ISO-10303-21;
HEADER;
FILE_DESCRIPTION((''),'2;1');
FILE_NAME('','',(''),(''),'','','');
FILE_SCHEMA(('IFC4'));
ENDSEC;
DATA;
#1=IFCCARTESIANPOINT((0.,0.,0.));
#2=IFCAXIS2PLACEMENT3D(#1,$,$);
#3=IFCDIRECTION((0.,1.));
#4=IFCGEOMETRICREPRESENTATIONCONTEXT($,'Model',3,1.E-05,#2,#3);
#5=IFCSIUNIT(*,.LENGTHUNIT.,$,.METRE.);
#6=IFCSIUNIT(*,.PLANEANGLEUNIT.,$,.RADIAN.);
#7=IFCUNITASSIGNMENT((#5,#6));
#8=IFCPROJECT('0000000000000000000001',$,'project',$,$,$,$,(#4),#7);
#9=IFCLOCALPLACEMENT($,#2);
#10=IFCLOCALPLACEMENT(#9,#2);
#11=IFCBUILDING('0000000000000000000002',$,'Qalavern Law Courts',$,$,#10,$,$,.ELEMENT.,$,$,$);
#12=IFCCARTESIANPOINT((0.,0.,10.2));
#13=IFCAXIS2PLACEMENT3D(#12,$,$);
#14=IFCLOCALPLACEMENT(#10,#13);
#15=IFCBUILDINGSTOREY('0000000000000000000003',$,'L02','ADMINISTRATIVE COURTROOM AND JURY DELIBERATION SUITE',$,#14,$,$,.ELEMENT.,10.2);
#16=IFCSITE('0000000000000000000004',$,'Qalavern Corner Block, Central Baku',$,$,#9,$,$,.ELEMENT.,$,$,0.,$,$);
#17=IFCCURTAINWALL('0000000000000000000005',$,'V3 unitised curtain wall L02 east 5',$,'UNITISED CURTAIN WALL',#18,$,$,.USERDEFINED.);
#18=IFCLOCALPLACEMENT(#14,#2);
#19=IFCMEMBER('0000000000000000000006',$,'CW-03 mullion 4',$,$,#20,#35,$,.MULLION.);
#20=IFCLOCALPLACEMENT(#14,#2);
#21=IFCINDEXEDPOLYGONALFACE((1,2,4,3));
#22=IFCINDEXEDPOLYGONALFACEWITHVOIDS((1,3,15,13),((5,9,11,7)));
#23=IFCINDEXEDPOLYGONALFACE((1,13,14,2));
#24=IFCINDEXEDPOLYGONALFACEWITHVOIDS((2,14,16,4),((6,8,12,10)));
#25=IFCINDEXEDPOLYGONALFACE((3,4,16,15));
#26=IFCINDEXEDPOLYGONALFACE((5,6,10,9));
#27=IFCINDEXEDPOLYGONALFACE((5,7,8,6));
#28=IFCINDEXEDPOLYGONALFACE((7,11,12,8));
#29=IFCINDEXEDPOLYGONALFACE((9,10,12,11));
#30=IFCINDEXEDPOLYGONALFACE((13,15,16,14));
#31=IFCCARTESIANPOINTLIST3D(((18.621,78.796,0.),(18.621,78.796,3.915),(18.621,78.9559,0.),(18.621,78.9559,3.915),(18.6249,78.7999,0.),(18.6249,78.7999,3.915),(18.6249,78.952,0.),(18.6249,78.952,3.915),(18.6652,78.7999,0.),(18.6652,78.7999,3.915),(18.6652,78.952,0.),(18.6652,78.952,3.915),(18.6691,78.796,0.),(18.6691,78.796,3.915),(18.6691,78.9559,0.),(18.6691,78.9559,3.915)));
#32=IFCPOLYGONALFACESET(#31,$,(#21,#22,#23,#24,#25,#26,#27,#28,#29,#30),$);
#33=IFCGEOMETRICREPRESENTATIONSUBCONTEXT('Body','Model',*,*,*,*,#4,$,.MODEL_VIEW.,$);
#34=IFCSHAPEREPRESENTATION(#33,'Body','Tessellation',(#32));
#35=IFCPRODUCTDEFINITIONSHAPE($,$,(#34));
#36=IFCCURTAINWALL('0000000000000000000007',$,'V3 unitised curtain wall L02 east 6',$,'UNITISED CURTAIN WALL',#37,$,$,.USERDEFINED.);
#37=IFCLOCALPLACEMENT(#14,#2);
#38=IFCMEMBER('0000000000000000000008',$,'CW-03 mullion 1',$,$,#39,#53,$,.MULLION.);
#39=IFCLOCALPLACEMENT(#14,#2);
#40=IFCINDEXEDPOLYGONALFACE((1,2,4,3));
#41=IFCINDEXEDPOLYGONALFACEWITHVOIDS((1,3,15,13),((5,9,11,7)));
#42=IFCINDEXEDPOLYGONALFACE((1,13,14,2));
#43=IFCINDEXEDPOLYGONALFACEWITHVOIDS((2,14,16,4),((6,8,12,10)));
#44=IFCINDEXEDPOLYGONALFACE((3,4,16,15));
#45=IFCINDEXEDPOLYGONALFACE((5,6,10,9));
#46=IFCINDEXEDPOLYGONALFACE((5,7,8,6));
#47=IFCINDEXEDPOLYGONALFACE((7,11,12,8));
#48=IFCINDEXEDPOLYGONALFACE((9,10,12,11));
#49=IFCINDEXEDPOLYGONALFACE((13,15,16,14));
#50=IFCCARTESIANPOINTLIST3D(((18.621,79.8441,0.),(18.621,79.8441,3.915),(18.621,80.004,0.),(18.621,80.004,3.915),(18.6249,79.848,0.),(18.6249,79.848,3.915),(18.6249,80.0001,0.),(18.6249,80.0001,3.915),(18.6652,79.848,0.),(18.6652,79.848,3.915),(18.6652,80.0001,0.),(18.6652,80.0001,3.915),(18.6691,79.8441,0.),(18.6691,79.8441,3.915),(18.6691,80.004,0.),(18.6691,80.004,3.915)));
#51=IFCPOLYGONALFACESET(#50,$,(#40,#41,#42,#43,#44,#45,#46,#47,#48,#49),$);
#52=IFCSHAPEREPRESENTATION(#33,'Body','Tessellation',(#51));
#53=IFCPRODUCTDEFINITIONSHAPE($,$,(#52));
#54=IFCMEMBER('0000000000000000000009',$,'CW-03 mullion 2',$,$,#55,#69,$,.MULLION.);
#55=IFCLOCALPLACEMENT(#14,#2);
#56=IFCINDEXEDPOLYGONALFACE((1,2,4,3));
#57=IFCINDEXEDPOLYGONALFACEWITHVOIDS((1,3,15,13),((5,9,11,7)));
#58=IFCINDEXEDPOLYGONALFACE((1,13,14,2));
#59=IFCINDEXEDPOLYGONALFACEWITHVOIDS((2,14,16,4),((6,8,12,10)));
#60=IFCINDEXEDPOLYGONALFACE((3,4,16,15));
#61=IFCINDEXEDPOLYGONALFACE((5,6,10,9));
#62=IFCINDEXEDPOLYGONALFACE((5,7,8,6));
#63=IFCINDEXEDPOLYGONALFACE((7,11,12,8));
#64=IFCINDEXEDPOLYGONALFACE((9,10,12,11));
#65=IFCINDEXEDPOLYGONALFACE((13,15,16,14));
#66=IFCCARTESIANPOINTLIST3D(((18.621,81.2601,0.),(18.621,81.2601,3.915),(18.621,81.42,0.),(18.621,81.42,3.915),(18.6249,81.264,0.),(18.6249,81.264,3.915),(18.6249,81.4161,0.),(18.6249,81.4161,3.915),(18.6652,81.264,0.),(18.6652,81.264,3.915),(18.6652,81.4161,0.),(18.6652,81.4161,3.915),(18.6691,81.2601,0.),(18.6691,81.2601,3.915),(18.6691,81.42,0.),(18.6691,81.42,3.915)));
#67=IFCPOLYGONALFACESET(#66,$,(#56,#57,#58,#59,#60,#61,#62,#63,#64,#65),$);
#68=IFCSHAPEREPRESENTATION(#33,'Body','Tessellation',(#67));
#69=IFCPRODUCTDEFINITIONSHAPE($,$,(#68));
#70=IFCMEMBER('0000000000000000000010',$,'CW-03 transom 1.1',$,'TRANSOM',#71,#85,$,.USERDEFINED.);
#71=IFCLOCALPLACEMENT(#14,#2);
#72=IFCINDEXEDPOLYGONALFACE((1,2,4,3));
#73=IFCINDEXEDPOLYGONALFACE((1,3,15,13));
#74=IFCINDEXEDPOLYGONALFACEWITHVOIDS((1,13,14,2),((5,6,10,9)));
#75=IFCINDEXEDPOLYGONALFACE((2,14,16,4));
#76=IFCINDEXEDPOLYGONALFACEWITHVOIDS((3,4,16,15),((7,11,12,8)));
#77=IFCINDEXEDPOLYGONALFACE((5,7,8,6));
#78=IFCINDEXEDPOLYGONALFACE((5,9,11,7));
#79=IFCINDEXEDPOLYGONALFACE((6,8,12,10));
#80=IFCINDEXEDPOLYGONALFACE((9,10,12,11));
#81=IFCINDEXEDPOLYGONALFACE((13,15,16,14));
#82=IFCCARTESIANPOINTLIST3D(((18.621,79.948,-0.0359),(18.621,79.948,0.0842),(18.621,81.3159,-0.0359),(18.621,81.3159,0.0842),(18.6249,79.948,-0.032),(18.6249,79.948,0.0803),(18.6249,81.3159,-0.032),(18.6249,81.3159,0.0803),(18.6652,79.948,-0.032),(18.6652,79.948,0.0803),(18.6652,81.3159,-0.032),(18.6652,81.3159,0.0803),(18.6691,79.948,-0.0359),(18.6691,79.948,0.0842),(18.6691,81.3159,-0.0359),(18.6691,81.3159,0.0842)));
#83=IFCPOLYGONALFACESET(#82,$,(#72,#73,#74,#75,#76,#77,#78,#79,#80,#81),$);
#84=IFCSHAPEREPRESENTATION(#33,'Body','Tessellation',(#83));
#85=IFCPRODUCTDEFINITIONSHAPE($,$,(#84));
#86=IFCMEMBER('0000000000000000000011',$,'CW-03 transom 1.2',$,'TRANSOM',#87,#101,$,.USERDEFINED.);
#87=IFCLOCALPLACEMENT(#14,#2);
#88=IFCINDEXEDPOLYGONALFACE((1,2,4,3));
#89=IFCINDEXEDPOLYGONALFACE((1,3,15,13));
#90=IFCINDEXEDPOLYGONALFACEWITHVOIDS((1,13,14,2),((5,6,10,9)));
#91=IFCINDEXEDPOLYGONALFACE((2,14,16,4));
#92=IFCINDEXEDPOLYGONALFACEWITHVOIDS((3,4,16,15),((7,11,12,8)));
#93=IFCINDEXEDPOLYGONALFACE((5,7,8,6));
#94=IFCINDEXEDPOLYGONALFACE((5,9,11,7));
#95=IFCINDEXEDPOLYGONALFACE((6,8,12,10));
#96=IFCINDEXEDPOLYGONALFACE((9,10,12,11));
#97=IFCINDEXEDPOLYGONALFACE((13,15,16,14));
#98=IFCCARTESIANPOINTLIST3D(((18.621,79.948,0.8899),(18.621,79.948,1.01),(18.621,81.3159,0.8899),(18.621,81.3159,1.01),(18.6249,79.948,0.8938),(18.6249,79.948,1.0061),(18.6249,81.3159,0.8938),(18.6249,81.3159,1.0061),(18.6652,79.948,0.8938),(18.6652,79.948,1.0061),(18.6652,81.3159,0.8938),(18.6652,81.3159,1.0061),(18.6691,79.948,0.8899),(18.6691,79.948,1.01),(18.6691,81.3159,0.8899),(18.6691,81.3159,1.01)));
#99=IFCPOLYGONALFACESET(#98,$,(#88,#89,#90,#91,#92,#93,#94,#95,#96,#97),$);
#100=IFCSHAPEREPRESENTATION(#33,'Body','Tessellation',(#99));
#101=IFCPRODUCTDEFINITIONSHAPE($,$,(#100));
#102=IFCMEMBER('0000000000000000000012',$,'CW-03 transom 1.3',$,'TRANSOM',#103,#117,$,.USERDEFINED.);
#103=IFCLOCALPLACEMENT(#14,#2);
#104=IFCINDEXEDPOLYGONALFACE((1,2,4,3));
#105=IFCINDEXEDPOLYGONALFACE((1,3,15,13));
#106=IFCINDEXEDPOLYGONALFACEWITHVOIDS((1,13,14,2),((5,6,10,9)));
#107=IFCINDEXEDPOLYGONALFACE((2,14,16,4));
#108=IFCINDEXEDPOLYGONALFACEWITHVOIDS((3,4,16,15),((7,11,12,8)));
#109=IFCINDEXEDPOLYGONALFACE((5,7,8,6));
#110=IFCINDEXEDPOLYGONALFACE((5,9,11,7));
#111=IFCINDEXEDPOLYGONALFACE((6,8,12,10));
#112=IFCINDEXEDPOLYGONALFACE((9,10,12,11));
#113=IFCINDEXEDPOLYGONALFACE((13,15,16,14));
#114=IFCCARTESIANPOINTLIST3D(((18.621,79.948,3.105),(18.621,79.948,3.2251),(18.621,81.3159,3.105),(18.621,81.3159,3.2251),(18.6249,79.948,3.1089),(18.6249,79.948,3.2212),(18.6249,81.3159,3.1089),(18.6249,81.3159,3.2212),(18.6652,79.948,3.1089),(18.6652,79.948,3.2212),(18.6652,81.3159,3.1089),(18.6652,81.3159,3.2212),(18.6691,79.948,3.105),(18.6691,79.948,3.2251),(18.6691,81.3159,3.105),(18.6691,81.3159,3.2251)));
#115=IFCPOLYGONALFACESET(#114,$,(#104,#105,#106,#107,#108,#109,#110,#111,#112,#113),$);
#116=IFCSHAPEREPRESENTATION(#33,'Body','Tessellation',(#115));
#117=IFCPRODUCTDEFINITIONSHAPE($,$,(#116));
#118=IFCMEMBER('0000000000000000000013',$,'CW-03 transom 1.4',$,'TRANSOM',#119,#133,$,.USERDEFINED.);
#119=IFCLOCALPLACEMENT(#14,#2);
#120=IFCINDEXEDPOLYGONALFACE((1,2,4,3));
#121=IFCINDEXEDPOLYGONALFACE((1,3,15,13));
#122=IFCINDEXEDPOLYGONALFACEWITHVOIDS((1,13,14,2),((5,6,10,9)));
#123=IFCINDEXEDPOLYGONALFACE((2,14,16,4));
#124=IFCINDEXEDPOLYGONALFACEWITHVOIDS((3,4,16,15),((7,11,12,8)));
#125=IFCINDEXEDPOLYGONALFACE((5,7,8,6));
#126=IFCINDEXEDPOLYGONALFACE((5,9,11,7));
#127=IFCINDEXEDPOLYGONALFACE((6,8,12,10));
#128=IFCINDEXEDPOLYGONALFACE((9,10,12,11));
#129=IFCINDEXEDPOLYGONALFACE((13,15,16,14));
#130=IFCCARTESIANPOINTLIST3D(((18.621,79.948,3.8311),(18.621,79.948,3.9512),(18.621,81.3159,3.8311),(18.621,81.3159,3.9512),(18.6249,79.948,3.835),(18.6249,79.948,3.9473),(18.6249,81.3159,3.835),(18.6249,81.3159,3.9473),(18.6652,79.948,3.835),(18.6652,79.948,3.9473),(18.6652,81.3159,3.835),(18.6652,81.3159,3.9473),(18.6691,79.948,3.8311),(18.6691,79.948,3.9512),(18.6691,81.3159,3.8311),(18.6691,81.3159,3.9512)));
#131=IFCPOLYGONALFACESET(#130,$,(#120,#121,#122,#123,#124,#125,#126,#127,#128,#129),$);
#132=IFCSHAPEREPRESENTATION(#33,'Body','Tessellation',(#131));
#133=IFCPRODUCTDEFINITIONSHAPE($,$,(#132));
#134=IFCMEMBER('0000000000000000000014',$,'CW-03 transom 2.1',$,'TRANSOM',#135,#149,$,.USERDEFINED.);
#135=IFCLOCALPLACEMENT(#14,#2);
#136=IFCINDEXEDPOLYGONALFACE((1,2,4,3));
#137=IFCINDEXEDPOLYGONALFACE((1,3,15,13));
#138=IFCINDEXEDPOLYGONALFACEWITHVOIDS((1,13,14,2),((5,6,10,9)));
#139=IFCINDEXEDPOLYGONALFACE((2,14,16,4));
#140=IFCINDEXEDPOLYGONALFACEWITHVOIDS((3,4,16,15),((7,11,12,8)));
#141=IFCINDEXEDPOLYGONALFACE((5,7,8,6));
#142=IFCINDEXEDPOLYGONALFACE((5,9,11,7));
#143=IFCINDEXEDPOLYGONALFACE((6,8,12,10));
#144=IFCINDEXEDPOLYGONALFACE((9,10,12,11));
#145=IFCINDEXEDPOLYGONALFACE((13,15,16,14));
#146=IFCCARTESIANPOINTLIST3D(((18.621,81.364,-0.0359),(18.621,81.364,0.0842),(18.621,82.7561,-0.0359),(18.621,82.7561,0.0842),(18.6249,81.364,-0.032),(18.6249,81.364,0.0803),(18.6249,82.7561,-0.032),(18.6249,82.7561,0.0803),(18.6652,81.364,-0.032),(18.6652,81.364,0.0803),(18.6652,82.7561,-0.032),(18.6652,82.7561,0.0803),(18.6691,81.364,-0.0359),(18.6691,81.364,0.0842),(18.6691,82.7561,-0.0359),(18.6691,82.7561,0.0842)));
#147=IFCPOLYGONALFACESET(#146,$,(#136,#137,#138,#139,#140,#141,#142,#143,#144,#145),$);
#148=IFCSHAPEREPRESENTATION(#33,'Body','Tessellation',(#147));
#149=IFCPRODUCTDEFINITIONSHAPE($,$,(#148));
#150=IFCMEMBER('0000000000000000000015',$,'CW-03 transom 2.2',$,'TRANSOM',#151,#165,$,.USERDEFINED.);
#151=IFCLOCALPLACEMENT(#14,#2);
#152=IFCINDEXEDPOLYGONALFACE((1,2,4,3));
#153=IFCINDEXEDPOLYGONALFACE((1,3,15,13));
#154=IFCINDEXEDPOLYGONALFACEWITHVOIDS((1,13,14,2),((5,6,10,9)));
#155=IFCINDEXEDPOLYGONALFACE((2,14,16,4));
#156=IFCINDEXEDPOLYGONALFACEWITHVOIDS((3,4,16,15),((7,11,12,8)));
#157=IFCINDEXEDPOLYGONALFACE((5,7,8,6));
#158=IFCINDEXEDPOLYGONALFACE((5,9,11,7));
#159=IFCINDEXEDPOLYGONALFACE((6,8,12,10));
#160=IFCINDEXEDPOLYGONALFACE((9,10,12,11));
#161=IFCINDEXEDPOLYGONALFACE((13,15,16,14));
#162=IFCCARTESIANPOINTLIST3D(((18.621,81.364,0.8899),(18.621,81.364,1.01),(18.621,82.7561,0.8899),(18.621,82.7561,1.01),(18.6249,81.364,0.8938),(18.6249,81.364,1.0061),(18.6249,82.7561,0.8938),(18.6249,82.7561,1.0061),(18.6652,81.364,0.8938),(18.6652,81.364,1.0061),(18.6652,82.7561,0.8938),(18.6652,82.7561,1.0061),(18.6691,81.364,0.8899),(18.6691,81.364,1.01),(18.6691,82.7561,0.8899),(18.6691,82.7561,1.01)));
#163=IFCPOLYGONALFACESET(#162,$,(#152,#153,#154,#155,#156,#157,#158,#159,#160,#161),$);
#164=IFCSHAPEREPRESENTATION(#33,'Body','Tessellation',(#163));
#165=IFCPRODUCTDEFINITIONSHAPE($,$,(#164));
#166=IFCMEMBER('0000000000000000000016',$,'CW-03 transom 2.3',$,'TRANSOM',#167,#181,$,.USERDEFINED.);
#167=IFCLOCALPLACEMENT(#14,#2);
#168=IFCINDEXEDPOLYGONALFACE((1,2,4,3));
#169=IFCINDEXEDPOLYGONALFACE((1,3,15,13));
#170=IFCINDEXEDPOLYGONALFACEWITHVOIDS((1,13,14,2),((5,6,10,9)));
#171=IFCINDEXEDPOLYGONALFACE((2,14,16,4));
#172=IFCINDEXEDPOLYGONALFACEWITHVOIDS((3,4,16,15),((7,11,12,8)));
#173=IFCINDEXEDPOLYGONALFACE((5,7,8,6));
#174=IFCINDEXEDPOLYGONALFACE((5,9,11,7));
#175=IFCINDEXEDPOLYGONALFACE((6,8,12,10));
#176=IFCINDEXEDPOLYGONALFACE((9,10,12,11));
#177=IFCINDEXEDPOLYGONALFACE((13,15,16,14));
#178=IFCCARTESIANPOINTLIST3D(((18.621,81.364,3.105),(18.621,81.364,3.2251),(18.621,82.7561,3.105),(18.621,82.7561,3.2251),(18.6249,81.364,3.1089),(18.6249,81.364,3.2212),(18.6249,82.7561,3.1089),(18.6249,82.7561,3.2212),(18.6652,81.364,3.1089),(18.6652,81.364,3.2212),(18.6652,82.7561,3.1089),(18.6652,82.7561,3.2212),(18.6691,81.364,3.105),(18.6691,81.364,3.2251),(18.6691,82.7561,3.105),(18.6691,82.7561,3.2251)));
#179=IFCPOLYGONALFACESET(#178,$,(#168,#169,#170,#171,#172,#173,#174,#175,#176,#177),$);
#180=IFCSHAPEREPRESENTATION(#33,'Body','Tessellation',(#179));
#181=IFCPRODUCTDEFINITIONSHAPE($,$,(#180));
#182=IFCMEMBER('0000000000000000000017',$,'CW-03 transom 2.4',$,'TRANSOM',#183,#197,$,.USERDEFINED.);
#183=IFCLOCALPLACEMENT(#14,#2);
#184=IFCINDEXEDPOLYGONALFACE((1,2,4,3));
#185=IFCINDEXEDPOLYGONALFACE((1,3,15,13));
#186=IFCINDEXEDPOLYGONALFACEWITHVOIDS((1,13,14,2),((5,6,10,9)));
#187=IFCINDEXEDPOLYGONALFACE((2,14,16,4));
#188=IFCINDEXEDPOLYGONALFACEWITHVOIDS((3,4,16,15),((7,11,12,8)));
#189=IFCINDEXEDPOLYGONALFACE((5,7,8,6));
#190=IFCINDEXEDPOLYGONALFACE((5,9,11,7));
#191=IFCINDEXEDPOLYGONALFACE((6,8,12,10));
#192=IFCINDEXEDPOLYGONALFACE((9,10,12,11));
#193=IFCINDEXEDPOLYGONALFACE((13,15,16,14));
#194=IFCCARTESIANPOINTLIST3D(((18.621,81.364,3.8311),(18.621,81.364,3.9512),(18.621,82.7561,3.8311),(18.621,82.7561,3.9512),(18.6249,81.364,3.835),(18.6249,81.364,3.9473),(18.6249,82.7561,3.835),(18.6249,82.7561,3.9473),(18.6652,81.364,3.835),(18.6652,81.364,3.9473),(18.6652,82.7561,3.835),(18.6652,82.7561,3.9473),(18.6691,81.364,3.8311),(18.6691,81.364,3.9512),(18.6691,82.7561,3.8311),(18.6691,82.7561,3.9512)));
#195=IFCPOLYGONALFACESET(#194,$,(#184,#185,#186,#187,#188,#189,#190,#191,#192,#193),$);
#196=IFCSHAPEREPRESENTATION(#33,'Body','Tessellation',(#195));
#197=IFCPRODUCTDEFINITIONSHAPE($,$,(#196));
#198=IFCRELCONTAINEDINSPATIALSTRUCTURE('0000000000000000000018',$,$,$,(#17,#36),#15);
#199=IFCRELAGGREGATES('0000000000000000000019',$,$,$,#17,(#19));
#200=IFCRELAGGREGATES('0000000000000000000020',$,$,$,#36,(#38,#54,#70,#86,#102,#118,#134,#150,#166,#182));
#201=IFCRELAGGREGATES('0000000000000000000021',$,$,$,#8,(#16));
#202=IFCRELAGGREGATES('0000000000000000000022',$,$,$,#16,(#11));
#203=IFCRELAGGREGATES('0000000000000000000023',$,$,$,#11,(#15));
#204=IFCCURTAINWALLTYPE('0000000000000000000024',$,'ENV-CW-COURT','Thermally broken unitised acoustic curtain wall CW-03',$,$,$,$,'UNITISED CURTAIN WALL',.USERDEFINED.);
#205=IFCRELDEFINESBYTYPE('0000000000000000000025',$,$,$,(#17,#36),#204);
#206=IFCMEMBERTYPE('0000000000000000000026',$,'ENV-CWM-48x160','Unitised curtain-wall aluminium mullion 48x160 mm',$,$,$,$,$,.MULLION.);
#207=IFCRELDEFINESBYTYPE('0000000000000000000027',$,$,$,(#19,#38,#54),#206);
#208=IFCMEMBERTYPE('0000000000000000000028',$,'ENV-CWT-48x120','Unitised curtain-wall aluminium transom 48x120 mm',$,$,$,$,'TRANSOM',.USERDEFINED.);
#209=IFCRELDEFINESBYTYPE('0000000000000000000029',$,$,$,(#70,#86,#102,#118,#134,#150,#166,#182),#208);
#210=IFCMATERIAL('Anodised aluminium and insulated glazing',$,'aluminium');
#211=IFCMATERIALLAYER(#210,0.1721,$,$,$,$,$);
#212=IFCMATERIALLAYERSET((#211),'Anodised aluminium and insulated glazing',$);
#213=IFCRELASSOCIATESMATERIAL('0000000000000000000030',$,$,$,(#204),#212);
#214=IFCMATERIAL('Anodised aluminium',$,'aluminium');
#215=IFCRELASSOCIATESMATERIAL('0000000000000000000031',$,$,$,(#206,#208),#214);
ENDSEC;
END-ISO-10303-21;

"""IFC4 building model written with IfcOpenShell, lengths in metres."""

from ifc_helpers import new_model, si_unit, direction, frame, origin, origin_2d, place, context, subcontext, project, spatial, hollow_rectangle, extrude, material, layer, layer_set, material_profile, profile_set, type_object, element, aggregate, save


model = new_model("IFC4")

# Units and contexts
model_context = context("Model", 3, precision=1e-05, world=origin(), true_north=direction((0.0, 1.0)))
body_context = subcontext(model_context, "Body", "Model", "MODEL_VIEW")
ifc_project = project(units=[si_unit("LENGTHUNIT", "METRE"), si_unit("PLANEANGLEUNIT", "RADIAN")], contexts=[model_context])

# Site, building, storey
site_placement = place(None, origin())
site = spatial("IfcSite", under=ifc_project, at=site_placement, Name="Qalavern Corner Block, Central Baku", CompositionType="ELEMENT", RefElevation=0.0)
building_placement = place(site_placement, origin())
building = spatial("IfcBuilding", under=site, at=building_placement, Name="Qalavern Law Courts", CompositionType="ELEMENT")
storey_placement = place(building_placement, frame((0.0, 0.0, 10.2)))
storey = spatial("IfcBuildingStorey", under=building, at=storey_placement, Name="L02", Description="ADMINISTRATIVE COURTROOM AND JURY DELIBERATION SUITE", CompositionType="ELEMENT", Elevation=10.2)

# Curtain wall, member
ifc_material_1 = material(Name="Anodised aluminium and insulated glazing", Category="aluminium")
ifc_layer_1 = layer(ifc_material_1, 0.1721)
ifc_layer_set_1 = layer_set([ifc_layer_1], Name="Anodised aluminium and insulated glazing")
curtain_wall_type = type_object("IfcCurtainWallType", Name="ENV-CW-COURT", Description="Thermally broken unitised acoustic curtain wall CW-03", ElementType="UNITISED CURTAIN WALL", PredefinedType="USERDEFINED", material=ifc_layer_set_1)
curtain_wall_1_placement = place(storey_placement, origin())
curtain_wall_1 = element("IfcCurtainWall", 1, at=curtain_wall_1_placement, inside=storey, type_object=curtain_wall_type, Name="V3 unitised curtain wall L02 east 5", ObjectType="UNITISED CURTAIN WALL", PredefinedType="USERDEFINED")
ifc_material_2 = material(Name="Anodised aluminium", Category="aluminium")
ifc_material_profile_1 = material_profile(ifc_material_2, hollow_rectangle(XDim=0.0481, YDim=0.1599, WallThickness=0.0039, at=origin_2d()), Name="ALU MULLION 48x160")
ifc_profile_set_1 = profile_set([ifc_material_profile_1], Name="Anodised aluminium")
member_type_1 = type_object("IfcMemberType", Name="ENV-CWM-48x160", Description="Unitised curtain-wall aluminium mullion 48x160 mm", PredefinedType="MULLION", material=ifc_profile_set_1)
member_1_placement = place(storey_placement, frame((18.645, 78.876, 0.0), z_axis=(0.0, 0.0, 1.0), x_axis=(-1.0, 0.0, 0.0)))
member_1 = element("IfcMember", 2, at=member_1_placement, type_object=member_type_1, Name="CW-03 mullion 4", PredefinedType="MULLION", context=body_context, shape_type="SweptSolid", body=[
    extrude(hollow_rectangle(XDim=0.0481, YDim=0.1599, WallThickness=0.0039, at=origin_2d()), origin(), (0.0, 0.0, 1.0), 3.915),
])
aggregate(curtain_wall_1, [member_1])

# Curtain wall, members
curtain_wall_2_placement = place(storey_placement, origin())
curtain_wall_2 = element("IfcCurtainWall", 3, at=curtain_wall_2_placement, inside=storey, type_object=curtain_wall_type, Name="V3 unitised curtain wall L02 east 6", ObjectType="UNITISED CURTAIN WALL", PredefinedType="USERDEFINED")
member_2_placement = place(storey_placement, frame((18.645, 79.9241, 0.0), z_axis=(0.0, 0.0, 1.0), x_axis=(-1.0, 0.0, 0.0)))
member_2 = element("IfcMember", 4, at=member_2_placement, type_object=member_type_1, Name="CW-03 mullion 1", PredefinedType="MULLION", context=body_context, shape_type="SweptSolid", body=[
    extrude(hollow_rectangle(XDim=0.0481, YDim=0.1599, WallThickness=0.0039, at=origin_2d()), origin(), (0.0, 0.0, 1.0), 3.915),
])
member_3_placement = place(storey_placement, frame((18.645, 81.3401, 0.0), z_axis=(0.0, 0.0, 1.0), x_axis=(-1.0, 0.0, 0.0)))
member_3 = element("IfcMember", 5, at=member_3_placement, type_object=member_type_1, Name="CW-03 mullion 2", PredefinedType="MULLION", context=body_context, shape_type="SweptSolid", body=[
    extrude(hollow_rectangle(XDim=0.0481, YDim=0.1599, WallThickness=0.0039, at=origin_2d()), origin(), (0.0, 0.0, 1.0), 3.915),
])
ifc_material_profile_2 = material_profile(ifc_material_2, hollow_rectangle(XDim=0.0481, YDim=0.1201, WallThickness=0.0039, at=origin_2d()), Name="ALU TRANSOM 48x120")
ifc_profile_set_2 = profile_set([ifc_material_profile_2], Name="Anodised aluminium")
member_type_2 = type_object("IfcMemberType", Name="ENV-CWT-48x120", Description="Unitised curtain-wall aluminium transom 48x120 mm", ElementType="TRANSOM", PredefinedType="USERDEFINED", material=ifc_profile_set_2)
member_4_placement = place(storey_placement, frame((18.645, 79.948, 0.0242), z_axis=(0.0, 1.0, 0.0), x_axis=(-1.0, 0.0, 0.0)))
member_4 = element("IfcMember", 6, at=member_4_placement, type_object=member_type_2, Name="CW-03 transom 1.1", ObjectType="TRANSOM", PredefinedType="USERDEFINED", context=body_context, shape_type="SweptSolid", body=[
    extrude(hollow_rectangle(XDim=0.0481, YDim=0.1201, WallThickness=0.0039, at=origin_2d()), origin(), (0.0, 0.0, 1.0), 1.3679),
])
member_5_placement = place(storey_placement, frame((18.645, 79.948, 0.95), z_axis=(0.0, 1.0, 0.0), x_axis=(-1.0, 0.0, 0.0)))
member_5 = element("IfcMember", 7, at=member_5_placement, type_object=member_type_2, Name="CW-03 transom 1.2", ObjectType="TRANSOM", PredefinedType="USERDEFINED", context=body_context, shape_type="SweptSolid", body=[
    extrude(hollow_rectangle(XDim=0.0481, YDim=0.1201, WallThickness=0.0039, at=origin_2d()), origin(), (0.0, 0.0, 1.0), 1.3679),
])
member_6_placement = place(storey_placement, frame((18.645, 79.948, 3.165), z_axis=(0.0, 1.0, 0.0), x_axis=(-1.0, 0.0, 0.0)))
member_6 = element("IfcMember", 8, at=member_6_placement, type_object=member_type_2, Name="CW-03 transom 1.3", ObjectType="TRANSOM", PredefinedType="USERDEFINED", context=body_context, shape_type="SweptSolid", body=[
    extrude(hollow_rectangle(XDim=0.0481, YDim=0.1201, WallThickness=0.0039, at=origin_2d()), origin(), (0.0, 0.0, 1.0), 1.3679),
])
member_7_placement = place(storey_placement, frame((18.645, 79.948, 3.8911), z_axis=(0.0, 1.0, 0.0), x_axis=(-1.0, 0.0, 0.0)))
member_7 = element("IfcMember", 9, at=member_7_placement, type_object=member_type_2, Name="CW-03 transom 1.4", ObjectType="TRANSOM", PredefinedType="USERDEFINED", context=body_context, shape_type="SweptSolid", body=[
    extrude(hollow_rectangle(XDim=0.0481, YDim=0.1201, WallThickness=0.0039, at=origin_2d()), origin(), (0.0, 0.0, 1.0), 1.3679),
])
member_8_placement = place(storey_placement, frame((18.645, 81.364, 0.0242), z_axis=(0.0, 1.0, 0.0), x_axis=(-1.0, 0.0, 0.0)))
member_8 = element("IfcMember", 10, at=member_8_placement, type_object=member_type_2, Name="CW-03 transom 2.1", ObjectType="TRANSOM", PredefinedType="USERDEFINED", context=body_context, shape_type="SweptSolid", body=[
    extrude(hollow_rectangle(XDim=0.0481, YDim=0.1201, WallThickness=0.0039, at=origin_2d()), origin(), (0.0, 0.0, 1.0), 1.3921),
])
member_9_placement = place(storey_placement, frame((18.645, 81.364, 0.95), z_axis=(0.0, 1.0, 0.0), x_axis=(-1.0, 0.0, 0.0)))
member_9 = element("IfcMember", 11, at=member_9_placement, type_object=member_type_2, Name="CW-03 transom 2.2", ObjectType="TRANSOM", PredefinedType="USERDEFINED", context=body_context, shape_type="SweptSolid", body=[
    extrude(hollow_rectangle(XDim=0.0481, YDim=0.1201, WallThickness=0.0039, at=origin_2d()), origin(), (0.0, 0.0, 1.0), 1.3921),
])
member_10_placement = place(storey_placement, frame((18.645, 81.364, 3.165), z_axis=(0.0, 1.0, 0.0), x_axis=(-1.0, 0.0, 0.0)))
member_10 = element("IfcMember", 12, at=member_10_placement, type_object=member_type_2, Name="CW-03 transom 2.3", ObjectType="TRANSOM", PredefinedType="USERDEFINED", context=body_context, shape_type="SweptSolid", body=[
    extrude(hollow_rectangle(XDim=0.0481, YDim=0.1201, WallThickness=0.0039, at=origin_2d()), origin(), (0.0, 0.0, 1.0), 1.3921),
])
member_11_placement = place(storey_placement, frame((18.645, 81.364, 3.8911), z_axis=(0.0, 1.0, 0.0), x_axis=(-1.0, 0.0, 0.0)))
member_11 = element("IfcMember", 13, at=member_11_placement, type_object=member_type_2, Name="CW-03 transom 2.4", ObjectType="TRANSOM", PredefinedType="USERDEFINED", context=body_context, shape_type="SweptSolid", body=[
    extrude(hollow_rectangle(XDim=0.0481, YDim=0.1201, WallThickness=0.0039, at=origin_2d()), origin(), (0.0, 0.0, 1.0), 1.3921),
])
aggregate(curtain_wall_2, [member_2, member_3, member_4, member_5, member_6, member_7, member_8, member_9, member_10, member_11])

save(model, "model.ifc")
